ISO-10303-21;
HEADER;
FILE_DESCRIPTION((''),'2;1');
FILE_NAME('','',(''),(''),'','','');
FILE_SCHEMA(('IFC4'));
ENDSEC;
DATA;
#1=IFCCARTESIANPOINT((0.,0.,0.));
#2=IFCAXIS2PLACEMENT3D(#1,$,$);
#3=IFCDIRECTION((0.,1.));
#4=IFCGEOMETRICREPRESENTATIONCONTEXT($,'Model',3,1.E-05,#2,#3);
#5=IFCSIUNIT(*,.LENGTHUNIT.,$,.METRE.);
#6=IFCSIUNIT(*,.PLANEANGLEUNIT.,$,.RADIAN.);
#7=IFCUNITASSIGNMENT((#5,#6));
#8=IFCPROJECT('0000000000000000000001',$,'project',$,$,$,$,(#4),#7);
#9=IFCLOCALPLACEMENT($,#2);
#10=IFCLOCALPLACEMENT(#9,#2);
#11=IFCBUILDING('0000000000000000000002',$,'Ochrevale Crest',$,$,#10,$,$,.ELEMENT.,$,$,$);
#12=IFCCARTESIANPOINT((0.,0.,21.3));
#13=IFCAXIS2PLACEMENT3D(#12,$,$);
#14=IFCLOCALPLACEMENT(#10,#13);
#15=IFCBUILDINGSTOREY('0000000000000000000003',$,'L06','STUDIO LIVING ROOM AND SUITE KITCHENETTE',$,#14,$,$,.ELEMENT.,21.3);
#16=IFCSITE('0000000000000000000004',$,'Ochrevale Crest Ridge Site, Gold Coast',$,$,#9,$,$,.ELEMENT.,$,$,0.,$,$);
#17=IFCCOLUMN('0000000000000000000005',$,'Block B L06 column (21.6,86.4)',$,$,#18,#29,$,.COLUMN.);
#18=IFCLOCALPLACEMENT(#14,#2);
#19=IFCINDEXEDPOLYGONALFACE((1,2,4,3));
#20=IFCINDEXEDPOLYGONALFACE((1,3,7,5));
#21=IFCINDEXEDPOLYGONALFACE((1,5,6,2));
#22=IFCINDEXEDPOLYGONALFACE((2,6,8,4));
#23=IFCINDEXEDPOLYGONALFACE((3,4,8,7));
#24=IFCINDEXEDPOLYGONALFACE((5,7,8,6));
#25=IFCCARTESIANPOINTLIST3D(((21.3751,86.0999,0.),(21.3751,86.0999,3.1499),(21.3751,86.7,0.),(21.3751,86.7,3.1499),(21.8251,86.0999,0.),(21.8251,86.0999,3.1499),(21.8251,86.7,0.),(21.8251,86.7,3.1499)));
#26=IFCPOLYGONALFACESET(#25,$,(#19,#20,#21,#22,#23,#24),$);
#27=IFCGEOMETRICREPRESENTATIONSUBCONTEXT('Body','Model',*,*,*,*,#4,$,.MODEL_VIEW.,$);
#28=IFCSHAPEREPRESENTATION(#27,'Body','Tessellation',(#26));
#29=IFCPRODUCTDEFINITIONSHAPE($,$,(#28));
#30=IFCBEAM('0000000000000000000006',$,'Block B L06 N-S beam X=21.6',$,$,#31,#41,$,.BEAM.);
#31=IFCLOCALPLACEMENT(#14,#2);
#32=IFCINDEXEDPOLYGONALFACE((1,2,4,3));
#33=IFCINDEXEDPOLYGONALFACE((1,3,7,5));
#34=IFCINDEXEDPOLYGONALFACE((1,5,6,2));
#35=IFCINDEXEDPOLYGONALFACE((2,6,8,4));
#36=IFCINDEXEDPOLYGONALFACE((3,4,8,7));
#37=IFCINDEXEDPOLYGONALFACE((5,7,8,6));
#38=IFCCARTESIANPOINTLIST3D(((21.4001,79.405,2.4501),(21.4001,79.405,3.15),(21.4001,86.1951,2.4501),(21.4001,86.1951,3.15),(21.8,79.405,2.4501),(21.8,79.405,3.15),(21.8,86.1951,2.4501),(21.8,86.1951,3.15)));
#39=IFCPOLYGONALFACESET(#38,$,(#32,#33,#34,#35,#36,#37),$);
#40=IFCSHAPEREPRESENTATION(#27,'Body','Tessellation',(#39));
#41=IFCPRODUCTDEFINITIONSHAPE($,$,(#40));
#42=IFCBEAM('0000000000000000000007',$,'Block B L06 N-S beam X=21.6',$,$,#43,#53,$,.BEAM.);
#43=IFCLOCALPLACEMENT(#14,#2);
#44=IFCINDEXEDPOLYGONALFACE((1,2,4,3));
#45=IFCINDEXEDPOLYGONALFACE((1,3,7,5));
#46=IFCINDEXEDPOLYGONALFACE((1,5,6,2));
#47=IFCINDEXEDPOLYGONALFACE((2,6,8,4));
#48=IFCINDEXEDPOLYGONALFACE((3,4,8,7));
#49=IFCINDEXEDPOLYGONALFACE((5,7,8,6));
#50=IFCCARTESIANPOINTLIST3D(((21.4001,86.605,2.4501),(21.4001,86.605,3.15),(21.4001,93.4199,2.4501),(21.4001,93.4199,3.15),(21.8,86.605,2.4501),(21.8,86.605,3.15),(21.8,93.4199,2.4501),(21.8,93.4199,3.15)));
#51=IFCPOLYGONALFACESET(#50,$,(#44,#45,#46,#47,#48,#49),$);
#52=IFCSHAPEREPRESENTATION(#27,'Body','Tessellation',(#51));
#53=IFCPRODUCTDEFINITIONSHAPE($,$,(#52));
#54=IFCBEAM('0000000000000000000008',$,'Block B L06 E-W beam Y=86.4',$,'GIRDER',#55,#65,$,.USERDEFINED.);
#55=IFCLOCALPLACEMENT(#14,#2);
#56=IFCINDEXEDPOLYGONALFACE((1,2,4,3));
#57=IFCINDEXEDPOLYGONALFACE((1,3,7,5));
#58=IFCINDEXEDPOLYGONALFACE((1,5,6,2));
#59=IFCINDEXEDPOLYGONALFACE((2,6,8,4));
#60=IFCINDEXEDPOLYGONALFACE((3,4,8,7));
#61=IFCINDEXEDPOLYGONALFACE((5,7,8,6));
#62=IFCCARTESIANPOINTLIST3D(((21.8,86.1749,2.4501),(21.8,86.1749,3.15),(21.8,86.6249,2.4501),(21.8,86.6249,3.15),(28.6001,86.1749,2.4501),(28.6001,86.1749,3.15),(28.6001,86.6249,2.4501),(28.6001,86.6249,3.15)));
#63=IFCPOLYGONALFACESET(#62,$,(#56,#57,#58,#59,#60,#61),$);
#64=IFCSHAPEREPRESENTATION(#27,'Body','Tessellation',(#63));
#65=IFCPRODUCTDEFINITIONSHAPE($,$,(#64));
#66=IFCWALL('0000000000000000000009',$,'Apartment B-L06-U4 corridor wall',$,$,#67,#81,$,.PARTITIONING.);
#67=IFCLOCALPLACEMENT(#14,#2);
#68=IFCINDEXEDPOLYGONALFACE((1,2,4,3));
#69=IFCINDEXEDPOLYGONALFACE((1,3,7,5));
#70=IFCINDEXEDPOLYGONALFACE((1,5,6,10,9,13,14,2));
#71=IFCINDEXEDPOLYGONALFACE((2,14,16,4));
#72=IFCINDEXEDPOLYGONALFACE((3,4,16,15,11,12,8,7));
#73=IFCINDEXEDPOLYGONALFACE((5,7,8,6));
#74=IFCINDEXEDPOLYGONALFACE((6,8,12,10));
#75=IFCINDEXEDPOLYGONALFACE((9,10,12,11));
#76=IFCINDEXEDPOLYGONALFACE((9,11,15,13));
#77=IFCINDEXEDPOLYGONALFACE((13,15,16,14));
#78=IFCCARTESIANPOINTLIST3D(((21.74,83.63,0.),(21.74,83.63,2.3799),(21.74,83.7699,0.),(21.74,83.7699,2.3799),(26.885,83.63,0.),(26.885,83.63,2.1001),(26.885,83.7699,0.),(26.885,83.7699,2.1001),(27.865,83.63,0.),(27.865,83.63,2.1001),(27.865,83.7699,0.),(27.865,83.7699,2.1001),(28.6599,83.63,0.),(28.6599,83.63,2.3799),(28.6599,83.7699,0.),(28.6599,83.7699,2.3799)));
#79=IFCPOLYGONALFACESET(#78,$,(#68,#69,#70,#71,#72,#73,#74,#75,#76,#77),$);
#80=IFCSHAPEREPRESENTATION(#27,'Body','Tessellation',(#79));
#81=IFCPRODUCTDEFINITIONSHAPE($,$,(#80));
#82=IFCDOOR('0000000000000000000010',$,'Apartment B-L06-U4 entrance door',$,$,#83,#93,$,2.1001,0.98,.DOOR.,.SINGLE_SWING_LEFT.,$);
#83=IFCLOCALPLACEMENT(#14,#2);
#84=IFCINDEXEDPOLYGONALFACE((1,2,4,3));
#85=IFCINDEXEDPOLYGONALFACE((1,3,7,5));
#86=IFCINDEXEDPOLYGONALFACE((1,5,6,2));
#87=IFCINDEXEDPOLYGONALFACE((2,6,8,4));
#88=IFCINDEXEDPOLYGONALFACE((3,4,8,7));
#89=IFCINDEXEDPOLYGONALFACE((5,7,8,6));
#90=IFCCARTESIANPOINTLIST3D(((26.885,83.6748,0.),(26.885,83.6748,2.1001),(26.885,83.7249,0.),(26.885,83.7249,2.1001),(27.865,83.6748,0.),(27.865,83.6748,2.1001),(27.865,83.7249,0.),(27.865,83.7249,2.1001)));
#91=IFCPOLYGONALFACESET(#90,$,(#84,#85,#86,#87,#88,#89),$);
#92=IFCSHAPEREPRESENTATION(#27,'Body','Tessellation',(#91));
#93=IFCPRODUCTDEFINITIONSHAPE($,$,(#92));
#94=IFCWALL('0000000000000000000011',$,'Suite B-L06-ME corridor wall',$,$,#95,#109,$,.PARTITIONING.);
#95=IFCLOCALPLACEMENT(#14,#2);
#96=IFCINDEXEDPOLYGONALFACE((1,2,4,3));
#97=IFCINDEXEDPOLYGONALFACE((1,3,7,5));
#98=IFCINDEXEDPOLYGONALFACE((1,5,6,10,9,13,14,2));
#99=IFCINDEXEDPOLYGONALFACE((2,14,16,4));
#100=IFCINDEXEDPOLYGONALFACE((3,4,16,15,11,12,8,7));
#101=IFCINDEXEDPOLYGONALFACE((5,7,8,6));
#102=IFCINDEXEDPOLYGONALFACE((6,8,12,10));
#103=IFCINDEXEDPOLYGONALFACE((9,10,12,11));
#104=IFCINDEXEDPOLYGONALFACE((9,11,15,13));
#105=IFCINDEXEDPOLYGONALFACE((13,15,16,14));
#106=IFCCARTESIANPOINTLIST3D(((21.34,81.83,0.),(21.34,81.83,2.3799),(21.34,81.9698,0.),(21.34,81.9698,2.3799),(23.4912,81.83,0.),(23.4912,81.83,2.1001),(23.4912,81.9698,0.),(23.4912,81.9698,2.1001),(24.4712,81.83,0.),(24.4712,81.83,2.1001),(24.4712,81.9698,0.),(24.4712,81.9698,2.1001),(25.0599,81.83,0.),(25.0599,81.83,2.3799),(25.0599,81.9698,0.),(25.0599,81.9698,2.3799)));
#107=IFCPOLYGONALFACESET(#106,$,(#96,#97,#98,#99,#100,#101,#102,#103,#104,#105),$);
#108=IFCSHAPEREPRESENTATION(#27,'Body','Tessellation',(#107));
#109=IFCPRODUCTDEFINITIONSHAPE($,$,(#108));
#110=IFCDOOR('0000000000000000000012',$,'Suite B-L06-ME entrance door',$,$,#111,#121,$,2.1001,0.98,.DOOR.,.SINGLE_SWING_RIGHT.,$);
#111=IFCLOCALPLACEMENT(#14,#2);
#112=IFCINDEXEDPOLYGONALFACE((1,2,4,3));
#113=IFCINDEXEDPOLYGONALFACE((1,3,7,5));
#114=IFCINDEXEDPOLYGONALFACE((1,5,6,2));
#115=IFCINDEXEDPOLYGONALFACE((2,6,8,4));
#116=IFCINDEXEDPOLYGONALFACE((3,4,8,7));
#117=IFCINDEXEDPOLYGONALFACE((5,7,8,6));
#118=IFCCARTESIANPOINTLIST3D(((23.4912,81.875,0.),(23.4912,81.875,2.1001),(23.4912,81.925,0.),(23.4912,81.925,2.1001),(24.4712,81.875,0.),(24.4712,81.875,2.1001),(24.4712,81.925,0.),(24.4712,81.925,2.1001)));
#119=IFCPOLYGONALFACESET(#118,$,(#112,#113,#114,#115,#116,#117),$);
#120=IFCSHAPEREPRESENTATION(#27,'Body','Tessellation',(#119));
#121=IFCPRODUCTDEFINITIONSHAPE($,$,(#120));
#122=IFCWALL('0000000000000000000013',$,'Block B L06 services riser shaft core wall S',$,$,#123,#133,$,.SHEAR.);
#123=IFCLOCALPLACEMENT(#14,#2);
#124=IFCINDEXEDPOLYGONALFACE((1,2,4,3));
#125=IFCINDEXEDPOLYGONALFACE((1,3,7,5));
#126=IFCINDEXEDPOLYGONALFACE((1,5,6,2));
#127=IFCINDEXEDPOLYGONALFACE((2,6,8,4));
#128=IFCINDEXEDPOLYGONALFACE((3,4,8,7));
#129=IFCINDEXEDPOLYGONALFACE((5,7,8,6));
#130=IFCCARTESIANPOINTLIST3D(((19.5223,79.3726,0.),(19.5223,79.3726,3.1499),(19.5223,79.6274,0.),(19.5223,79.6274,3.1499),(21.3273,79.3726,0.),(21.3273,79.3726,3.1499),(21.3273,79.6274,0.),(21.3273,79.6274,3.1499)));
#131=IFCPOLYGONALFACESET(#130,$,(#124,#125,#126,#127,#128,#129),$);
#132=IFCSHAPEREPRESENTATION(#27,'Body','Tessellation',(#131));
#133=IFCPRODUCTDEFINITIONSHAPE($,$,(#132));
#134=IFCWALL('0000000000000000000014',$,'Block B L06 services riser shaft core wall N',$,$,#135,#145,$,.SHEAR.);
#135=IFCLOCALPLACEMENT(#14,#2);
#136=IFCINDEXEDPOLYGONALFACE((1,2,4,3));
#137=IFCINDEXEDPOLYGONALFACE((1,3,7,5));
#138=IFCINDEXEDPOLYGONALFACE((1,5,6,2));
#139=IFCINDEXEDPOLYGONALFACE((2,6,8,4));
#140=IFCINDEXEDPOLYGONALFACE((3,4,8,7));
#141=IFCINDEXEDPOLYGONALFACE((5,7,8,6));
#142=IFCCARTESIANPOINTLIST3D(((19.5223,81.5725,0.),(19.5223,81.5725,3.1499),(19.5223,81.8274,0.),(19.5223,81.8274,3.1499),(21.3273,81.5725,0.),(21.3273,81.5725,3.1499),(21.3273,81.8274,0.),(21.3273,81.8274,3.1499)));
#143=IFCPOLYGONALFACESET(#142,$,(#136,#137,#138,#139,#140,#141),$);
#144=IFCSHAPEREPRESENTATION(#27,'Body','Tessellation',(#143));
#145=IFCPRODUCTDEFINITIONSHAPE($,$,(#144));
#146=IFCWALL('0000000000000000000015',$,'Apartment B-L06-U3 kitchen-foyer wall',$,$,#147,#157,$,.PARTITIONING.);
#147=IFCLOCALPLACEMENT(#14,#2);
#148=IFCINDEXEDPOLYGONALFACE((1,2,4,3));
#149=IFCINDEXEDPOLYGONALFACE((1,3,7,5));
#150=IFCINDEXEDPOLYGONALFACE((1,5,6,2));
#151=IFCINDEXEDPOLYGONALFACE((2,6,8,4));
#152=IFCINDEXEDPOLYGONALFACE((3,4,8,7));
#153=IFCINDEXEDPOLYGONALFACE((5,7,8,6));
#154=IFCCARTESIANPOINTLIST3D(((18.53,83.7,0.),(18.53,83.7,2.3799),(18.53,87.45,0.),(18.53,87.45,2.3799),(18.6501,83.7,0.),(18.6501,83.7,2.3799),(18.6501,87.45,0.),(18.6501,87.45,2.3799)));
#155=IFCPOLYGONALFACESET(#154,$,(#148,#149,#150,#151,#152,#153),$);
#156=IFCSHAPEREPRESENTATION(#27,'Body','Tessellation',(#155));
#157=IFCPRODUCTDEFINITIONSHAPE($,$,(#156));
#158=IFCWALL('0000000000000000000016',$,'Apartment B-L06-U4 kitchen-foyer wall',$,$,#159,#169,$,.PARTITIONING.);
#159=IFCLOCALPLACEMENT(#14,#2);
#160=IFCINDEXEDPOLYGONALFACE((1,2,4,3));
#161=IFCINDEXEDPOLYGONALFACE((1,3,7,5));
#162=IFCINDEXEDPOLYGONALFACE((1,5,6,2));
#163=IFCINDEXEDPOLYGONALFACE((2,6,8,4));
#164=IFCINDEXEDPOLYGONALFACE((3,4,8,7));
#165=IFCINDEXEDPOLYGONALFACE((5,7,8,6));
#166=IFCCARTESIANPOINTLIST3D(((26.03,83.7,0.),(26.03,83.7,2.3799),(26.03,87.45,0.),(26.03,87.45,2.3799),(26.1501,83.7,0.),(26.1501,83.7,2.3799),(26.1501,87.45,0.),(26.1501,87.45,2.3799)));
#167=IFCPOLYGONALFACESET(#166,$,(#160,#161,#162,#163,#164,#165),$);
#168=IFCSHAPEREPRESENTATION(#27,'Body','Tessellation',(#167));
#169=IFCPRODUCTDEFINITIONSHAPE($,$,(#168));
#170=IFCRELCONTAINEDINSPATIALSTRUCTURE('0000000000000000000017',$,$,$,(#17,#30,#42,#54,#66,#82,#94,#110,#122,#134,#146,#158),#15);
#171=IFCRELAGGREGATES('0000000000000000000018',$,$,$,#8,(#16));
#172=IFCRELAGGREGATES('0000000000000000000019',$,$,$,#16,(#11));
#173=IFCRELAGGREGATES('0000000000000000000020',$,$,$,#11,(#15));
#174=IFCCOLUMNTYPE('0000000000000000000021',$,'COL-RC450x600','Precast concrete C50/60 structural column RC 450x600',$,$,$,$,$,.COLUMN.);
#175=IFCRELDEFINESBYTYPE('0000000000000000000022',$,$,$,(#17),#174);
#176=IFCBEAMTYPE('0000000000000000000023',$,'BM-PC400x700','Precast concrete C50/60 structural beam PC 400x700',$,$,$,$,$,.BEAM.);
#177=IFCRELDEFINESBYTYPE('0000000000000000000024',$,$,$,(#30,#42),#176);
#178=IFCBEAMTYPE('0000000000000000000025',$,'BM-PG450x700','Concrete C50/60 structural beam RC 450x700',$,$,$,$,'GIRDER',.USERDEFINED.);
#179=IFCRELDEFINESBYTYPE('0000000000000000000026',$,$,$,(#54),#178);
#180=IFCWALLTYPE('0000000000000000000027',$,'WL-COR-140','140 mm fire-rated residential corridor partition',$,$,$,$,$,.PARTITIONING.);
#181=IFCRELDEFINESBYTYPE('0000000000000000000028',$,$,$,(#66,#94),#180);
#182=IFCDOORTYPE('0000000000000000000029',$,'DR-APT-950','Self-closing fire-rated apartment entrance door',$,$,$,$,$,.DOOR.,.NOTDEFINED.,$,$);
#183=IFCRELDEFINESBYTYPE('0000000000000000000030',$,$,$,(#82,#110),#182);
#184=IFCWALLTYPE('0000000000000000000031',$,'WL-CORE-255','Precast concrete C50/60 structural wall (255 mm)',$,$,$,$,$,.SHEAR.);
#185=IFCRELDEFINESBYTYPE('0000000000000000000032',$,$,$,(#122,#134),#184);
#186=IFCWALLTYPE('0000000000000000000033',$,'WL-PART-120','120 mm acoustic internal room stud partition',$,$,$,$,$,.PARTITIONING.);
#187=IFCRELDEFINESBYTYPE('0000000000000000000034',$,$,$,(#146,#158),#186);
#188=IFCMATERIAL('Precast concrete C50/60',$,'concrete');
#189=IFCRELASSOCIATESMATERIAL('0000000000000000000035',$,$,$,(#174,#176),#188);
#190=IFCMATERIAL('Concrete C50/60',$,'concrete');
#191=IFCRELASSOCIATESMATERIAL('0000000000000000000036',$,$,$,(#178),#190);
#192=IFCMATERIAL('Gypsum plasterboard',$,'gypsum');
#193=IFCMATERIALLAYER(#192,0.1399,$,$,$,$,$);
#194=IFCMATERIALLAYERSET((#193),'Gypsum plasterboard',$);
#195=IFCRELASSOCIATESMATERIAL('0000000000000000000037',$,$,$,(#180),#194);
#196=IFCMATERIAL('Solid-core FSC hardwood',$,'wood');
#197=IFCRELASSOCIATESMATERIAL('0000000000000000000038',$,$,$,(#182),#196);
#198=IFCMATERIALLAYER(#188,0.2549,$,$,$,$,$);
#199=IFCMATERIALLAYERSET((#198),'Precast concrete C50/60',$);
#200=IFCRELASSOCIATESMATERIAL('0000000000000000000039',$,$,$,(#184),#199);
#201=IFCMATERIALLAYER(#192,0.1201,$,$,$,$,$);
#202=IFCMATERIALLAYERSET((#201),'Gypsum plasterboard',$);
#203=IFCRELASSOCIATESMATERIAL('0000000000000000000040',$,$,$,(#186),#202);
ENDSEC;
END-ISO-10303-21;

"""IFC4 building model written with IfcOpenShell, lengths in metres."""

from ifc_helpers import new_model, si_unit, direction, frame, frame_2d, origin, origin_2d, place, context, subcontext, project, spatial, rectangle, extrude, material, layer, layer_set, material_profile, profile_set, type_object, element, fill, save


model = new_model("IFC4")

# Units and contexts
model_context = context("Model", 3, precision=1e-05, world=origin(), true_north=direction((0.0, 1.0)))
body_context = subcontext(model_context, "Body", "Model", "MODEL_VIEW")
ifc_project = project(units=[si_unit("LENGTHUNIT", "METRE"), si_unit("PLANEANGLEUNIT", "RADIAN")], contexts=[model_context])

# Site, building, storey
site_placement = place(None, origin())
site = spatial("IfcSite", under=ifc_project, at=site_placement, Name="Ochrevale Crest Ridge Site, Gold Coast", CompositionType="ELEMENT", RefElevation=0.0)
building_placement = place(site_placement, origin())
building = spatial("IfcBuilding", under=site, at=building_placement, Name="Ochrevale Crest", CompositionType="ELEMENT")
storey_placement = place(building_placement, frame((0.0, 0.0, 21.3)))
storey = spatial("IfcBuildingStorey", under=building, at=storey_placement, Name="L06", Description="STUDIO LIVING ROOM AND SUITE KITCHENETTE", CompositionType="ELEMENT", Elevation=21.3)

# Column
ifc_material_1 = material(Name="Precast concrete C50/60", Category="concrete")
ifc_material_profile_1 = material_profile(ifc_material_1, rectangle(XDim=0.45, YDim=0.6001, at=origin_2d()), Name="RC 450x600")
ifc_profile_set_1 = profile_set([ifc_material_profile_1], Name="Precast concrete C50/60")
column_type = type_object("IfcColumnType", Name="COL-RC450x600", Description="Precast concrete C50/60 structural column RC 450x600", PredefinedType="COLUMN", material=ifc_profile_set_1)
column_placement = place(storey_placement, frame((21.6001, 86.3999, 0.0), z_axis=(0.0, 0.0, 1.0), x_axis=(1.0, 0.0, 0.0)))
element("IfcColumn", 1, at=column_placement, inside=storey, type_object=column_type, Name="Block B L06 column (21.6,86.4)", PredefinedType="COLUMN", context=body_context, shape_type="SweptSolid", body=[
    extrude(rectangle(XDim=0.45, YDim=0.6001, at=origin_2d()), origin(), (0.0, 0.0, 1.0), 3.1499),
])

# Beams
ifc_material_profile_2 = material_profile(ifc_material_1, rectangle(XDim=0.3999, YDim=0.7, at=origin_2d()), Name="PC 400x700")
ifc_profile_set_2 = profile_set([ifc_material_profile_2], Name="Precast concrete C50/60")
beam_type_1 = type_object("IfcBeamType", Name="BM-PC400x700", Description="Precast concrete C50/60 structural beam PC 400x700", PredefinedType="BEAM", material=ifc_profile_set_2)
beam_1_placement = place(storey_placement, frame((21.6001, 79.405, 2.8), z_axis=(0.0, 1.0, 0.0), x_axis=(-1.0, 0.0, 0.0)))
element("IfcBeam", 2, at=beam_1_placement, inside=storey, type_object=beam_type_1, Name="Block B L06 N-S beam X=21.6", PredefinedType="BEAM", context=body_context, shape_type="SweptSolid", body=[
    extrude(rectangle(XDim=0.3999, YDim=0.7, at=origin_2d()), origin(), (0.0, 0.0, 1.0), 6.79),
])
beam_2_placement = place(storey_placement, frame((21.6001, 86.605, 2.8), z_axis=(0.0, 1.0, 0.0), x_axis=(-1.0, 0.0, 0.0)))
element("IfcBeam", 3, at=beam_2_placement, inside=storey, type_object=beam_type_1, Name="Block B L06 N-S beam X=21.6", PredefinedType="BEAM", context=body_context, shape_type="SweptSolid", body=[
    extrude(rectangle(XDim=0.3999, YDim=0.7, at=origin_2d()), origin(), (0.0, 0.0, 1.0), 6.8149),
])
ifc_material_2 = material(Name="Concrete C50/60", Category="concrete")
ifc_material_profile_3 = material_profile(ifc_material_2, rectangle(XDim=0.45, YDim=0.7, at=origin_2d()), Name="RC 450x700")
ifc_profile_set_3 = profile_set([ifc_material_profile_3], Name="Concrete C50/60")
beam_type_2 = type_object("IfcBeamType", Name="BM-PG450x700", Description="Concrete C50/60 structural beam RC 450x700", ElementType="GIRDER", PredefinedType="USERDEFINED", material=ifc_profile_set_3)
beam_3_placement = place(storey_placement, frame((21.8, 86.3999, 2.8), z_axis=(1.0, 0.0, 0.0), x_axis=(0.0, 1.0, 0.0)))
element("IfcBeam", 4, at=beam_3_placement, inside=storey, type_object=beam_type_2, Name="Block B L06 E-W beam Y=86.4", ObjectType="GIRDER", PredefinedType="USERDEFINED", context=body_context, shape_type="SweptSolid", body=[
    extrude(rectangle(XDim=0.45, YDim=0.7, at=origin_2d()), origin(), (0.0, 0.0, 1.0), 6.8),
])

# Walls, openings, doors
ifc_material_3 = material(Name="Gypsum plasterboard", Category="gypsum")
ifc_layer_1 = layer(ifc_material_3, 0.1399)
ifc_layer_set_1 = layer_set([ifc_layer_1], Name="Gypsum plasterboard")
wall_type_1 = type_object("IfcWallType", Name="WL-COR-140", Description="140 mm fire-rated residential corridor partition", PredefinedType="PARTITIONING", material=ifc_layer_set_1)
wall_1_placement = place(storey_placement, frame((21.74, 83.7, 0.0), z_axis=(0.0, 0.0, 1.0), x_axis=(1.0, 0.0, 0.0)))
wall_1 = element("IfcWall", 5, at=wall_1_placement, inside=storey, type_object=wall_type_1, Name="Apartment B-L06-U4 corridor wall", PredefinedType="PARTITIONING", context=body_context, shape_type="SweptSolid", body=[
    extrude(rectangle(XDim=6.9199, YDim=0.1399, at=frame_2d((3.46, 0.0))), origin(), (0.0, 0.0, 1.0), 2.3799),
])
opening_1_placement = place(wall_1_placement, frame((5.145, 0.0, 0.0)))
opening_1 = element("IfcOpeningElement", 6, at=opening_1_placement, cuts=wall_1, PredefinedType="OPENING", context=body_context, shape_type="SweptSolid", body=[
    extrude(rectangle(XDim=0.98, YDim=2.1001, at=frame_2d((0.49, 1.05))), frame((0.0, 0.0801, 0.0), z_axis=(0.0, -1.0, 0.0), x_axis=(1.0, 0.0, 0.0)), (0.0, 0.0, 1.0), 0.1599),
])
ifc_material_4 = material(Name="Solid-core FSC hardwood", Category="wood")
door_type_1 = type_object("IfcDoorType", Name="DR-APT-950", Description="Self-closing fire-rated apartment entrance door", OperationType="NOTDEFINED", PredefinedType="DOOR", material=ifc_material_4)
door_1_placement = place(opening_1_placement, origin())
door_1 = element("IfcDoor", 7, at=door_1_placement, inside=storey, type_object=door_type_1, Name="Apartment B-L06-U4 entrance door", OperationType="SINGLE_SWING_LEFT", OverallHeight=2.1001, OverallWidth=0.98, PredefinedType="DOOR", context=body_context, shape_type="SweptSolid", body=[
    extrude(rectangle(XDim=0.98, YDim=2.1001, at=frame_2d((0.49, 1.05))), frame((0.0, 0.0249, 0.0), z_axis=(0.0, -1.0, 0.0), x_axis=(1.0, 0.0, 0.0)), (0.0, 0.0, 1.0), 0.05),
])
fill(opening_1, door_1)
wall_2_placement = place(storey_placement, frame((21.3401, 81.8999, 0.0), z_axis=(0.0, 0.0, 1.0), x_axis=(1.0, 0.0, 0.0)))
wall_2 = element("IfcWall", 8, at=wall_2_placement, inside=storey, type_object=wall_type_1, Name="Suite B-L06-ME corridor wall", PredefinedType="PARTITIONING", context=body_context, shape_type="SweptSolid", body=[
    extrude(rectangle(XDim=3.72, YDim=0.1399, at=frame_2d((1.8599, 0.0))), origin(), (0.0, 0.0, 1.0), 2.3799),
])
opening_2_placement = place(wall_2_placement, frame((3.1311, 0.0, 0.0), z_axis=(0.0, 0.0, 1.0), x_axis=(-1.0, 0.0, 0.0)))
opening_2 = element("IfcOpeningElement", 9, at=opening_2_placement, cuts=wall_2, PredefinedType="OPENING", context=body_context, shape_type="SweptSolid", body=[
    extrude(rectangle(XDim=0.98, YDim=2.1001, at=frame_2d((0.49, 1.05))), frame((0.0, 0.0801, 0.0), z_axis=(0.0, -1.0, 0.0), x_axis=(1.0, 0.0, 0.0)), (0.0, 0.0, 1.0), 0.1599),
])
door_2_placement = place(opening_2_placement, origin())
door_2 = element("IfcDoor", 10, at=door_2_placement, inside=storey, type_object=door_type_1, Name="Suite B-L06-ME entrance door", OperationType="SINGLE_SWING_RIGHT", OverallHeight=2.1001, OverallWidth=0.98, PredefinedType="DOOR", context=body_context, shape_type="SweptSolid", body=[
    extrude(rectangle(XDim=0.98, YDim=2.1001, at=frame_2d((0.49, 1.05))), frame((0.0, 0.0249, 0.0), z_axis=(0.0, -1.0, 0.0), x_axis=(1.0, 0.0, 0.0)), (0.0, 0.0, 1.0), 0.05),
])
fill(opening_2, door_2)
ifc_layer_2 = layer(ifc_material_1, 0.2549)
ifc_layer_set_2 = layer_set([ifc_layer_2], Name="Precast concrete C50/60")
wall_type_2 = type_object("IfcWallType", Name="WL-CORE-255", Description="Precast concrete C50/60 structural wall (255 mm)", PredefinedType="SHEAR", material=ifc_layer_set_2)

# Walls
for number, where, z_axis, x_axis, name in (
    (11, (19.5225, 79.5, 0.0), (0.0, 0.0, 1.0), (1.0, 0.0, 0.0), "Block B L06 services riser shaft core wall S"),
    (12, (19.5225, 81.7, 0.0), (0.0, 0.0, 1.0), (1.0, 0.0, 0.0), "Block B L06 services riser shaft core wall N"),
):
    element("IfcWall", number, at=place(storey_placement, frame(where, z_axis=z_axis, x_axis=x_axis)), inside=storey, type_object=wall_type_2, Name=name, PredefinedType="SHEAR", context=body_context, shape_type="SweptSolid", body=[
        extrude(rectangle(XDim=1.8049, YDim=0.2549, at=frame_2d((0.9023, 0.0))), origin(), (0.0, 0.0, 1.0), 3.1499),
    ])
ifc_layer_3 = layer(ifc_material_3, 0.1201)
ifc_layer_set_3 = layer_set([ifc_layer_3], Name="Gypsum plasterboard")
wall_type_3 = type_object("IfcWallType", Name="WL-PART-120", Description="120 mm acoustic internal room stud partition", PredefinedType="PARTITIONING", material=ifc_layer_set_3)
for number, where, z_axis, x_axis, name in (
    (13, (18.5901, 83.7, 0.0), (0.0, 0.0, 1.0), (0.0, 1.0, 0.0), "Apartment B-L06-U3 kitchen-foyer wall"),
    (14, (26.0901, 83.7, 0.0), (0.0, 0.0, 1.0), (0.0, 1.0, 0.0), "Apartment B-L06-U4 kitchen-foyer wall"),
):
    element("IfcWall", number, at=place(storey_placement, frame(where, z_axis=z_axis, x_axis=x_axis)), inside=storey, type_object=wall_type_3, Name=name, PredefinedType="PARTITIONING", context=body_context, shape_type="SweptSolid", body=[
        extrude(rectangle(XDim=3.75, YDim=0.1201, at=frame_2d((1.875, 0.0))), origin(), (0.0, 0.0, 1.0), 2.3799),
    ])

save(model, "model.ifc")
